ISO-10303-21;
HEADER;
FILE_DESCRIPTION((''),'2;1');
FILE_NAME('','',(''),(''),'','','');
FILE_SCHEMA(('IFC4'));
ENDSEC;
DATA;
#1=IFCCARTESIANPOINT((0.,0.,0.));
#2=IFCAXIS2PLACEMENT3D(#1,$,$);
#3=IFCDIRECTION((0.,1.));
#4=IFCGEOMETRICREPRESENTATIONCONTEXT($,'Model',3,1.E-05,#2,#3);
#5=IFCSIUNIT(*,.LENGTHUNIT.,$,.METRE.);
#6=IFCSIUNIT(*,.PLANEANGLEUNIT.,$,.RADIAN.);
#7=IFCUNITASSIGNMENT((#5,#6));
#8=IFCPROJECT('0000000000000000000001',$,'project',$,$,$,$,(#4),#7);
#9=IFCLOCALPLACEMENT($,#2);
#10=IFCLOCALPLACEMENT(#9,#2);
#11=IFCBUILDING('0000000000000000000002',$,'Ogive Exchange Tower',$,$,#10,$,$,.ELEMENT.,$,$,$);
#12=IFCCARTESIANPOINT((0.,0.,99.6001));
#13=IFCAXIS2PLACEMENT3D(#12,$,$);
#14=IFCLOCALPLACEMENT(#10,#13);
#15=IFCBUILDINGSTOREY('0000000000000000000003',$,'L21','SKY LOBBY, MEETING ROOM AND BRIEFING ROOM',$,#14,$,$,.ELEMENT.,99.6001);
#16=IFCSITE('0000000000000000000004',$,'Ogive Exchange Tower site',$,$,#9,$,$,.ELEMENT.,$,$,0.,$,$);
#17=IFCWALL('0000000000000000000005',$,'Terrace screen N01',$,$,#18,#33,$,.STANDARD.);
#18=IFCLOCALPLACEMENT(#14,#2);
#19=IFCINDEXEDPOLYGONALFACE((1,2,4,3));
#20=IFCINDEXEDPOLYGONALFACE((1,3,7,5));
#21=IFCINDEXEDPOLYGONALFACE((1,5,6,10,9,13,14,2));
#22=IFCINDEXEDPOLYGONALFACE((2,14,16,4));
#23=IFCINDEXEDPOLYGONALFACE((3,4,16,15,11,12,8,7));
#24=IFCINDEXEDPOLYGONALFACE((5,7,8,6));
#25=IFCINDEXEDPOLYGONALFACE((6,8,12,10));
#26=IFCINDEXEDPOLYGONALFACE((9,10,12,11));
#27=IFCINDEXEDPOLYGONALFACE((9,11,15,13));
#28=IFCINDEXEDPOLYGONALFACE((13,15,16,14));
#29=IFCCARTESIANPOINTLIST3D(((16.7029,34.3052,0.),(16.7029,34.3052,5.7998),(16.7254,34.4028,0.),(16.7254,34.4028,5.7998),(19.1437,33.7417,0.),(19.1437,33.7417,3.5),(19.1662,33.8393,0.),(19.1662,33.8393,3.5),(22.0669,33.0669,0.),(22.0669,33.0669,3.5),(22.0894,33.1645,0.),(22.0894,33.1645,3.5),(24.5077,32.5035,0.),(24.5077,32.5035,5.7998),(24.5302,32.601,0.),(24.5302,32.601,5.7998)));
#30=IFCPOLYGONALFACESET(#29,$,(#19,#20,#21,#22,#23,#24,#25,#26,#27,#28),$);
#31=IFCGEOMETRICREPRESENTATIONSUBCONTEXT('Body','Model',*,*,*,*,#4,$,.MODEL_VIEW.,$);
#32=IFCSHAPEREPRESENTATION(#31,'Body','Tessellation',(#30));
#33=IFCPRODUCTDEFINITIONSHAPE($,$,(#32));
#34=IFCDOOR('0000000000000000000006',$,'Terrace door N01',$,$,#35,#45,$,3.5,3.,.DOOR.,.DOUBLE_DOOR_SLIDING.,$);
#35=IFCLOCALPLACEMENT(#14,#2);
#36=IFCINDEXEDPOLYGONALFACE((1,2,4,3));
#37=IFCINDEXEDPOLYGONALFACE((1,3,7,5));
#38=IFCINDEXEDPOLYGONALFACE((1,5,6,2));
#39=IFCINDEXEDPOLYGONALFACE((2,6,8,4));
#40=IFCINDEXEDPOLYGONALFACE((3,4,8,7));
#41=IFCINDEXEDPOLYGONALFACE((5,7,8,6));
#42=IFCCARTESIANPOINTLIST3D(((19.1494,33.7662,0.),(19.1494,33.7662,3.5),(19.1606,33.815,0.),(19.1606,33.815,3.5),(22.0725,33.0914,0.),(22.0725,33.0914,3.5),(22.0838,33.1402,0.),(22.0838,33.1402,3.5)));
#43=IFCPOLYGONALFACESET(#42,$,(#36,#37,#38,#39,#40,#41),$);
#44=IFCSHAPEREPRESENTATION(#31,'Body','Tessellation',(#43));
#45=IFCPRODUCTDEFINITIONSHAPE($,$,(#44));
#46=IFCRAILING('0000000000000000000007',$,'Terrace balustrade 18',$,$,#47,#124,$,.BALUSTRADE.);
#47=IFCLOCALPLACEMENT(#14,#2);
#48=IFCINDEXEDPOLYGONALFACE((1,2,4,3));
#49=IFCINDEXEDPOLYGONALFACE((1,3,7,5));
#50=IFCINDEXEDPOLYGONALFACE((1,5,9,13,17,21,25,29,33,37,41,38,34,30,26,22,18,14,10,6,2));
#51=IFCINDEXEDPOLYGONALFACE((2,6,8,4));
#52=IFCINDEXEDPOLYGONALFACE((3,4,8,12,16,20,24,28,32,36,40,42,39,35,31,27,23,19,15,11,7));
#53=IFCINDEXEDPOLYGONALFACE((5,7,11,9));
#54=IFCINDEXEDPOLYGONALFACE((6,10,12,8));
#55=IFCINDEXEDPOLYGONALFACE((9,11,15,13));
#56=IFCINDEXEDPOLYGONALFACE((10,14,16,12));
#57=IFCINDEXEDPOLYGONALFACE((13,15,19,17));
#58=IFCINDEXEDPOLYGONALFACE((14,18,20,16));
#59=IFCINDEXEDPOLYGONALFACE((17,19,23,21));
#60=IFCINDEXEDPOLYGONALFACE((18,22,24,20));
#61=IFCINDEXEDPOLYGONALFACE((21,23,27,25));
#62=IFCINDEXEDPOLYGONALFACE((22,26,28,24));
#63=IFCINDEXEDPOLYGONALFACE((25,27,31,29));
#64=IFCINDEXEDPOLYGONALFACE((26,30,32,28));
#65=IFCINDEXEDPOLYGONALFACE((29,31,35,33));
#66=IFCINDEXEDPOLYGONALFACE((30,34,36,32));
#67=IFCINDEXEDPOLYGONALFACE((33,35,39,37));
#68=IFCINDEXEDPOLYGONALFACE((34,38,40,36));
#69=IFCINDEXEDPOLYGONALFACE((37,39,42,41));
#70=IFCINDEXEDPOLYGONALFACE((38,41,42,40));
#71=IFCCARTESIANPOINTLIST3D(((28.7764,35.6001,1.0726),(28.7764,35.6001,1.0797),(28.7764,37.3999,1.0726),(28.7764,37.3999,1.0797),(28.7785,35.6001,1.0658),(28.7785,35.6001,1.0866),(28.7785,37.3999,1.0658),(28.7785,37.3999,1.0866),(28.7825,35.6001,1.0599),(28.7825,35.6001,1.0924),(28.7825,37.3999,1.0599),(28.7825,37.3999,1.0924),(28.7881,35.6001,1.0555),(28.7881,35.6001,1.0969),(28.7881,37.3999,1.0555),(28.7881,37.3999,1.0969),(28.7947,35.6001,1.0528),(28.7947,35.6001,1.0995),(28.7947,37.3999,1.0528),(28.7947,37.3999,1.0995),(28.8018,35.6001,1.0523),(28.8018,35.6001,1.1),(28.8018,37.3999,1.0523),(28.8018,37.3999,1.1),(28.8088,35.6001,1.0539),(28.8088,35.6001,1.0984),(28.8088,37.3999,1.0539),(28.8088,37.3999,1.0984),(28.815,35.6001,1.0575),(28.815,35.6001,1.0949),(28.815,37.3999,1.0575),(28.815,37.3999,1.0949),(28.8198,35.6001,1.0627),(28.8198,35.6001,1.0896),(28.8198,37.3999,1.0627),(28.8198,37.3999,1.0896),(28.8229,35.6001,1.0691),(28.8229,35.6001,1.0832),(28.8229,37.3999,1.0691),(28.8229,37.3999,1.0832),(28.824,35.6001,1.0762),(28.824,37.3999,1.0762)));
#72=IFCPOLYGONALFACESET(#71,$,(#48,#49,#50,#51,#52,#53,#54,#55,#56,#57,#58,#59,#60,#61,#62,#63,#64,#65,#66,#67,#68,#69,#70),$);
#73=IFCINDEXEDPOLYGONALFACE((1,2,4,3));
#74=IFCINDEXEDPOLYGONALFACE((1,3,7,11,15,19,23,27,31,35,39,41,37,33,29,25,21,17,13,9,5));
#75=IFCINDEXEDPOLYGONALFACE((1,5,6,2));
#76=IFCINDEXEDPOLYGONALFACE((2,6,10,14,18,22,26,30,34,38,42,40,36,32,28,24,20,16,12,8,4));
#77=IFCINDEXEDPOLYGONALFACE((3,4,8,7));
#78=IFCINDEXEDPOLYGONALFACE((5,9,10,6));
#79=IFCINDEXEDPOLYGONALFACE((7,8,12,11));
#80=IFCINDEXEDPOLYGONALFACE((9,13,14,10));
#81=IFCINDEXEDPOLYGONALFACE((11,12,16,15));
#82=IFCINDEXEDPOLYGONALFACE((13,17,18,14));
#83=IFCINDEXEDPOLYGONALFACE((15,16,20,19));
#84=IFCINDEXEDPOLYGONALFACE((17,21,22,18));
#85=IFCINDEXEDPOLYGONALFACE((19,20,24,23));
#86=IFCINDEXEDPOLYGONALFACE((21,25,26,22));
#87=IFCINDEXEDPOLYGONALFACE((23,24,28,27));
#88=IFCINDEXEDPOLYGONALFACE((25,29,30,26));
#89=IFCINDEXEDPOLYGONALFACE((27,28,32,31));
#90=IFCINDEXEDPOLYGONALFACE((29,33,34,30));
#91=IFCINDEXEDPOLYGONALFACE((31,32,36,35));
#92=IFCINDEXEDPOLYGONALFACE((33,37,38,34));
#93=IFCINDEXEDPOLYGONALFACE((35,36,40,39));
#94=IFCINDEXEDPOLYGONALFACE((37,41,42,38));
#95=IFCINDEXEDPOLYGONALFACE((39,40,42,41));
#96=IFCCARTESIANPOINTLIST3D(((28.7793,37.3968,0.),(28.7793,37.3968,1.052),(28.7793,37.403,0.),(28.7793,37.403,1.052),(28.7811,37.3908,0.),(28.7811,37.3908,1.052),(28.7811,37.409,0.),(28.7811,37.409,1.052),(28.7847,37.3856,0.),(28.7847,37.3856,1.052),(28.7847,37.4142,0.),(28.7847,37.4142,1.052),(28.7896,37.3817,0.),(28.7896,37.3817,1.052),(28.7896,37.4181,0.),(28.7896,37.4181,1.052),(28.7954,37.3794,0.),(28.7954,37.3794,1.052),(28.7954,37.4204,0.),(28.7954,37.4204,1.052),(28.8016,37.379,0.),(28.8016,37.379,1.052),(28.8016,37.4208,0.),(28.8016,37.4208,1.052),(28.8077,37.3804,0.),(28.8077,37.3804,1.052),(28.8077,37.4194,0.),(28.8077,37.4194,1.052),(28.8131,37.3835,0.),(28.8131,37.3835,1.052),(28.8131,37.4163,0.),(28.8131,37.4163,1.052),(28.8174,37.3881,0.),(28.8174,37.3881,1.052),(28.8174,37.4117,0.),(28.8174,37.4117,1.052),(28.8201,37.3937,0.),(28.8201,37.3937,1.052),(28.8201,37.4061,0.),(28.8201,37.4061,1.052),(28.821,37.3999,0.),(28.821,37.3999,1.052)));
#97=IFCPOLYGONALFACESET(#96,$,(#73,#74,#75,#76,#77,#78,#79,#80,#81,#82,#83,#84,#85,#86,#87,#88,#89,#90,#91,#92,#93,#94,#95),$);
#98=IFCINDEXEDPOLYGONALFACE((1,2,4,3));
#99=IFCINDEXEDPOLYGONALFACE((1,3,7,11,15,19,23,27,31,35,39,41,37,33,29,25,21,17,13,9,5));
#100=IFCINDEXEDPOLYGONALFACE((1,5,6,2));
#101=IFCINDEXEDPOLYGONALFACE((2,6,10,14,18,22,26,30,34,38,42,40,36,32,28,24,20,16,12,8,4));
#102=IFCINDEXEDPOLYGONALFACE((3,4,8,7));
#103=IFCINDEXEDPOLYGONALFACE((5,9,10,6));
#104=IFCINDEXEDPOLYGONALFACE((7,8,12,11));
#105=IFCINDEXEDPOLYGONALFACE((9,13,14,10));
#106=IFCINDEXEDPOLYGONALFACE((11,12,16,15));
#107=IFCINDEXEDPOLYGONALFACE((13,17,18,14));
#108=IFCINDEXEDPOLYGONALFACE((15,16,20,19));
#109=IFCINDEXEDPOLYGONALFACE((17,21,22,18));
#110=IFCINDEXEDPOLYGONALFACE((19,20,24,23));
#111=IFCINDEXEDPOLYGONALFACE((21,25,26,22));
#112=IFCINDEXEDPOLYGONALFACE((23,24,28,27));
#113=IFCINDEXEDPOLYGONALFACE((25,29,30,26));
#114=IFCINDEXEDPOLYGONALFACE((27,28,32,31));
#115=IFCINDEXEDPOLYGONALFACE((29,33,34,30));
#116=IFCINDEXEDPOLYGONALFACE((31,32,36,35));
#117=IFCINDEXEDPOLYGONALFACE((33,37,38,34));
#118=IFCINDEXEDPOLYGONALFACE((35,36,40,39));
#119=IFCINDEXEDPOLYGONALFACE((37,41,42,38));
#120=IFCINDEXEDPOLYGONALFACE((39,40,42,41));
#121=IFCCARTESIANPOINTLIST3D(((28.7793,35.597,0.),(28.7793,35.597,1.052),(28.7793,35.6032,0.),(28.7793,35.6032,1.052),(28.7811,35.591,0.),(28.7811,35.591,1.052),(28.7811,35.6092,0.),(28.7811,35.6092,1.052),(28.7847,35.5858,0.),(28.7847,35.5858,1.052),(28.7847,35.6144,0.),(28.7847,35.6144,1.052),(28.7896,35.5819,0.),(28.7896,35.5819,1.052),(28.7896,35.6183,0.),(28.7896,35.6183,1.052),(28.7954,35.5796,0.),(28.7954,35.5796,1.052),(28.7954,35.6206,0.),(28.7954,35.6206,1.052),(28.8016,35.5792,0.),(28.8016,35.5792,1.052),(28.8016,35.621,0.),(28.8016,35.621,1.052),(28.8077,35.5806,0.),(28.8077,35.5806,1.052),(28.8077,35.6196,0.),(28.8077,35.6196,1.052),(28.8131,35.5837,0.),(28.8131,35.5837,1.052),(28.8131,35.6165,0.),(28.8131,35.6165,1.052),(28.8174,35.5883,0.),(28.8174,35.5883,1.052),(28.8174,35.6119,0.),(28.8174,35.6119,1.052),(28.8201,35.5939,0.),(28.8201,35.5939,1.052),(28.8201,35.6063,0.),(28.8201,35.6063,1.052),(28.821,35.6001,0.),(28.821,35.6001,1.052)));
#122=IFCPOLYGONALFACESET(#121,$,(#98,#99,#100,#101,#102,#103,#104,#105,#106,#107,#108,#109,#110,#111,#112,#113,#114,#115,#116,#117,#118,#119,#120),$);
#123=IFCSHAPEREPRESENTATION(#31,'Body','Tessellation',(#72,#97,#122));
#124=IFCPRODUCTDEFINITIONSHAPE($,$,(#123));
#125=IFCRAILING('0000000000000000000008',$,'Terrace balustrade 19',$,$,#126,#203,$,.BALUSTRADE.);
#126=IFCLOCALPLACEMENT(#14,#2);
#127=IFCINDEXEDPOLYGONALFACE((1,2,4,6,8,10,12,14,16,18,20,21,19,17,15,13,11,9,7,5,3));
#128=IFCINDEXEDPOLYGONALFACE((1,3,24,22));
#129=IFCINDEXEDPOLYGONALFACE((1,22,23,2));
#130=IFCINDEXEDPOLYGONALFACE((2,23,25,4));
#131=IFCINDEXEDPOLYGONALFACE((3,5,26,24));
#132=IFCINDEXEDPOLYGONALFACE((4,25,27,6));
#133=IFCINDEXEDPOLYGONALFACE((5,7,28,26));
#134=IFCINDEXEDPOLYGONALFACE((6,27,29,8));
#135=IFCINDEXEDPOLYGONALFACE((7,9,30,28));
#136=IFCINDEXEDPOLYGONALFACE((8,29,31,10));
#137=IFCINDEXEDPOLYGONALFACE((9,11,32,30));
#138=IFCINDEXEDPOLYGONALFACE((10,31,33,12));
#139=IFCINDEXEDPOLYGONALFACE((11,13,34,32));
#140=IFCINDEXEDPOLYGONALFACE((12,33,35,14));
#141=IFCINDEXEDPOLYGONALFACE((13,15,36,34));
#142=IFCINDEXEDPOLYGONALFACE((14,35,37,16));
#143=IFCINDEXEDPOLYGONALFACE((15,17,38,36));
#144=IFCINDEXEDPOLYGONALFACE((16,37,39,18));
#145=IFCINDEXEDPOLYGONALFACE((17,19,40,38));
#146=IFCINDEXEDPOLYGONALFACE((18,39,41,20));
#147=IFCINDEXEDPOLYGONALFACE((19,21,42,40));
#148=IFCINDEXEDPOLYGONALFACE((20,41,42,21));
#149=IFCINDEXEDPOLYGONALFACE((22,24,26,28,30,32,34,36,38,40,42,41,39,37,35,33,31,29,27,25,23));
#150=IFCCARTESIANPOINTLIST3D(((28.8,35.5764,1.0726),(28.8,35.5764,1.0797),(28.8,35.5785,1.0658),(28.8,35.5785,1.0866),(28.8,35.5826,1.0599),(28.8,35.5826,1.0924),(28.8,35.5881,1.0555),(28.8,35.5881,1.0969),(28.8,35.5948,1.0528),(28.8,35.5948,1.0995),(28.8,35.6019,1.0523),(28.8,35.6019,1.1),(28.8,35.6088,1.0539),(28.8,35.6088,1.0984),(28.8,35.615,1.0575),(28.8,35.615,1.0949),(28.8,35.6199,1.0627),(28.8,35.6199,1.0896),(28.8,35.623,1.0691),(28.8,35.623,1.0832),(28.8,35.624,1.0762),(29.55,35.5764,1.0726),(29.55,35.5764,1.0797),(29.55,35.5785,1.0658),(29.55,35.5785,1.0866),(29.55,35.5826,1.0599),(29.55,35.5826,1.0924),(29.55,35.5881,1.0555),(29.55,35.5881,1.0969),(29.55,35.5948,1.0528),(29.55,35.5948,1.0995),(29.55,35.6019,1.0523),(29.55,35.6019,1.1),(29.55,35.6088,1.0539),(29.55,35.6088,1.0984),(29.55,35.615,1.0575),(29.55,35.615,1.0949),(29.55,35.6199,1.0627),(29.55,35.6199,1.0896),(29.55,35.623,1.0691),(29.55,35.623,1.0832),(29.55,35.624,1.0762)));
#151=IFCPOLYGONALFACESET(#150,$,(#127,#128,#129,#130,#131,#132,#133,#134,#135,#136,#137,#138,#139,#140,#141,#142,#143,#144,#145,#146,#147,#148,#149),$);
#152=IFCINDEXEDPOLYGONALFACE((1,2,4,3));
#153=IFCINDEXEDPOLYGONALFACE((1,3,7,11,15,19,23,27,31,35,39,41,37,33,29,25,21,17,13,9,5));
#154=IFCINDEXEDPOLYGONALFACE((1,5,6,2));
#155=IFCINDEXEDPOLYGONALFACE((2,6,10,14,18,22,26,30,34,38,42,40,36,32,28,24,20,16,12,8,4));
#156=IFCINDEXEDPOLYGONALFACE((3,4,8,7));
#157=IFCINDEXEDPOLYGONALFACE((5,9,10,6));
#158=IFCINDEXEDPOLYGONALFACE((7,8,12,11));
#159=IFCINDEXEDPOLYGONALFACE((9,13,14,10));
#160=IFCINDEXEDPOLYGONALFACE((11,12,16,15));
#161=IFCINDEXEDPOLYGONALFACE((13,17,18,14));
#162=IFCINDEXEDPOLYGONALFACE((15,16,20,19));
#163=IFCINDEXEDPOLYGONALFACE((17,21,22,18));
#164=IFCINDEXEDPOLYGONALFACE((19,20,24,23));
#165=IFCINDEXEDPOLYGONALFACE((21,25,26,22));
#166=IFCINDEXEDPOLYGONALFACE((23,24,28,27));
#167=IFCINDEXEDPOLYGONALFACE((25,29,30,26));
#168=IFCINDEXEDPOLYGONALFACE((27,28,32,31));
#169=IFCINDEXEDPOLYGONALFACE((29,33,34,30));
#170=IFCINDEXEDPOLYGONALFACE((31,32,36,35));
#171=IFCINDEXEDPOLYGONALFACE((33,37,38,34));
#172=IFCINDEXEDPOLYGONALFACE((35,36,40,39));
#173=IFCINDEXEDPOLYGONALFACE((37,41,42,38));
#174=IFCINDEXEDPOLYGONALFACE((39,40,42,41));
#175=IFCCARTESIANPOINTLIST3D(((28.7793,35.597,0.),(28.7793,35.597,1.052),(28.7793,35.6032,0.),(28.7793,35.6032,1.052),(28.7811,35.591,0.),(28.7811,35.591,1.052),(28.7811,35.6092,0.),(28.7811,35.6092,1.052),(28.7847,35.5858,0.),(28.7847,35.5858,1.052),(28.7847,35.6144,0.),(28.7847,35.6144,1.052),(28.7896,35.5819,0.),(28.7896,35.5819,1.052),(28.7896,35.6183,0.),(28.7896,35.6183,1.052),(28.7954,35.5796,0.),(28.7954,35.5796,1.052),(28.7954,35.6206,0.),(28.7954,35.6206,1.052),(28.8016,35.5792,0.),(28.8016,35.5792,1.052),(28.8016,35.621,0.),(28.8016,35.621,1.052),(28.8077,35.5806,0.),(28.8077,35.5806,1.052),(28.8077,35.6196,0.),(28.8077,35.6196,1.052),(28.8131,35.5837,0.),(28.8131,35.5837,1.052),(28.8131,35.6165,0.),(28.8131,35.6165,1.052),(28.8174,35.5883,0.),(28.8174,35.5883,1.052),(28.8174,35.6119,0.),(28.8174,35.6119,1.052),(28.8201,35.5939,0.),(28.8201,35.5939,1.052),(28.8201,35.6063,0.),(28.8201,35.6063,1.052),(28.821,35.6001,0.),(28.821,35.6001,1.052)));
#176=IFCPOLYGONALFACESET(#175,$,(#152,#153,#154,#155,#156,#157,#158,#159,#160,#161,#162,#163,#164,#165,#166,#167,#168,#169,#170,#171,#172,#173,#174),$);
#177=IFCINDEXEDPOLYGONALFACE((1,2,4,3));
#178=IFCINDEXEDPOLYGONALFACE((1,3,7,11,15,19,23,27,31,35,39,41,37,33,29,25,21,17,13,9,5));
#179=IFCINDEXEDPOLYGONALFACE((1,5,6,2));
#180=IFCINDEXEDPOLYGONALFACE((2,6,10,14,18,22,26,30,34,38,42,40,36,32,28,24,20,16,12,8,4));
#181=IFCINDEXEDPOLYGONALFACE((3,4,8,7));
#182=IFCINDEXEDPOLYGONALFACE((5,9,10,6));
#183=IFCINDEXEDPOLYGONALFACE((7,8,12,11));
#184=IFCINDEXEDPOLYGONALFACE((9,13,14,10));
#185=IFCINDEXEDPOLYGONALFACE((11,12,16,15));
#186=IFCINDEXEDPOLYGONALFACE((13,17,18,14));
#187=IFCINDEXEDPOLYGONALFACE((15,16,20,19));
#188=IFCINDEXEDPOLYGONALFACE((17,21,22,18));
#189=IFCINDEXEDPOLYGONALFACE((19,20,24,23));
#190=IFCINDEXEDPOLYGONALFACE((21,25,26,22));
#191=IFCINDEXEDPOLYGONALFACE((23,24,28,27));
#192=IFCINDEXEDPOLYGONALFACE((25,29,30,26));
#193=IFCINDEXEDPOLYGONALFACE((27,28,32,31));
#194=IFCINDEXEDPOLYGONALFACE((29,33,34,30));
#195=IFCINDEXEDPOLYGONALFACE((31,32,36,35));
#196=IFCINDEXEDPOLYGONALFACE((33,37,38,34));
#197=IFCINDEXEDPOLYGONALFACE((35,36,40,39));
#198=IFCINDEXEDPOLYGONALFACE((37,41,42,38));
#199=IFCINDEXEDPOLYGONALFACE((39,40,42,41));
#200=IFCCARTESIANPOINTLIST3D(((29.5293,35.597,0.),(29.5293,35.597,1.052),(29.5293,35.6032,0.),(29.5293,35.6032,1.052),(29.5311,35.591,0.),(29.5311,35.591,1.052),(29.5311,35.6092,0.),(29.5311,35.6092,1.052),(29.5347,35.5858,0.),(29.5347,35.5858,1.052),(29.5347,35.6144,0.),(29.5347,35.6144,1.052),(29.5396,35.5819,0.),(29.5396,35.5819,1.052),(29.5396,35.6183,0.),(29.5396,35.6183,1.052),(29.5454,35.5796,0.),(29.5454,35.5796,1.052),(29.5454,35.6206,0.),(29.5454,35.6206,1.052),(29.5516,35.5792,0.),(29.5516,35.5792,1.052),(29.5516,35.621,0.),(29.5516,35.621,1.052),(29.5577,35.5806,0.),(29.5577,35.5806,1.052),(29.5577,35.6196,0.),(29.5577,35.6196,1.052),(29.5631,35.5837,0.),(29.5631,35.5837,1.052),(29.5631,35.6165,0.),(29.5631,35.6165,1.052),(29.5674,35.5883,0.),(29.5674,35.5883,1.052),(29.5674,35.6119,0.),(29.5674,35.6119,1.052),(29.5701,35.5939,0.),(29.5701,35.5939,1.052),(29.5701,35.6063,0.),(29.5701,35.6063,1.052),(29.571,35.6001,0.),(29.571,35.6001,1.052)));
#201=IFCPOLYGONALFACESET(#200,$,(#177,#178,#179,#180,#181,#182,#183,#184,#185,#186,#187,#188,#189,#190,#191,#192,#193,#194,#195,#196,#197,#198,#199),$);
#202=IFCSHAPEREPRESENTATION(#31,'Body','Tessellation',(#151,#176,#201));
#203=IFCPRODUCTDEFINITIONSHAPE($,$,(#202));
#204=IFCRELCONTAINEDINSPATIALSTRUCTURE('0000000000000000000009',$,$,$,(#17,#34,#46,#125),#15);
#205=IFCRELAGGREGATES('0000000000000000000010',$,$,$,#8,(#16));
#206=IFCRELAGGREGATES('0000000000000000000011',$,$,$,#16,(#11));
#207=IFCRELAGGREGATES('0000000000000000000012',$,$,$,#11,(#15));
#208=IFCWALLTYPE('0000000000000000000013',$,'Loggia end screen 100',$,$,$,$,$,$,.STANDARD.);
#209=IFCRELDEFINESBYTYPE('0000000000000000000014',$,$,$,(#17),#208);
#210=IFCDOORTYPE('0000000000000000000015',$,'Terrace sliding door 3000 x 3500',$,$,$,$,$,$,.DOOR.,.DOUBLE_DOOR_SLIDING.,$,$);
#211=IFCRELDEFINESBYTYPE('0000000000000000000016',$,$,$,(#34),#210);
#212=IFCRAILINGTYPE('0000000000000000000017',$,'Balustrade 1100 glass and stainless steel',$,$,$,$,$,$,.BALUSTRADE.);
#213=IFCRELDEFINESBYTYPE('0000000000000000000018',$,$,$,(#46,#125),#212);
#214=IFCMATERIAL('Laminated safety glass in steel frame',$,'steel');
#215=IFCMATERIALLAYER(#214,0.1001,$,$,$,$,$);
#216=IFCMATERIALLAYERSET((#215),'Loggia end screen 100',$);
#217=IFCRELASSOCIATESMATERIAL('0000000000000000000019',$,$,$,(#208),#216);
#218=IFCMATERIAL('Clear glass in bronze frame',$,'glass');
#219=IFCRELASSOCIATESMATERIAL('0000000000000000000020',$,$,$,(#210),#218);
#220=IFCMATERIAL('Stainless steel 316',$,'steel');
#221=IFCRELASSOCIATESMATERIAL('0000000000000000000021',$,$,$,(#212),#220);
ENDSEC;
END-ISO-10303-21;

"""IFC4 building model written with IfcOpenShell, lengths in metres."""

from ifc_helpers import new_model, si_unit, direction, frame, frame_2d, origin, origin_2d, place, context, subcontext, project, spatial, rectangle, circle, extrude, material, layer, layer_set, type_object, element, fill, save


model = new_model("IFC4")

# Units and contexts
model_context = context("Model", 3, precision=1e-05, world=origin(), true_north=direction((0.0, 1.0)))
body_context = subcontext(model_context, "Body", "Model", "MODEL_VIEW")
ifc_project = project(units=[si_unit("LENGTHUNIT", "METRE"), si_unit("PLANEANGLEUNIT", "RADIAN")], contexts=[model_context])

# Site, building, storey
site_placement = place(None, origin())
site = spatial("IfcSite", under=ifc_project, at=site_placement, Name="Ogive Exchange Tower site", CompositionType="ELEMENT", RefElevation=0.0)
building_placement = place(site_placement, origin())
building = spatial("IfcBuilding", under=site, at=building_placement, Name="Ogive Exchange Tower", CompositionType="ELEMENT")
storey_placement = place(building_placement, frame((0.0, 0.0, 99.6001)))
storey = spatial("IfcBuildingStorey", under=building, at=storey_placement, Name="L21", Description="SKY LOBBY, MEETING ROOM AND BRIEFING ROOM", CompositionType="ELEMENT", Elevation=99.6001)

# Wall, opening, door
ifc_material_1 = material(Name="Laminated safety glass in steel frame", Category="steel")
ifc_layer_1 = layer(ifc_material_1, 0.1001)
ifc_layer_set_1 = layer_set([ifc_layer_1], Name="Loggia end screen 100")
wall_type = type_object("IfcWallType", Name="Loggia end screen 100", PredefinedType="STANDARD", material=ifc_layer_set_1)
wall_placement = place(storey_placement, frame((24.5188, 32.5522, 0.0), z_axis=(0.0, 0.0, 1.0), x_axis=(-0.974373, 0.22494, 0.0)))
wall = element("IfcWall", 1, at=wall_placement, inside=storey, type_object=wall_type, Name="Terrace screen N01", PredefinedType="STANDARD", context=body_context, shape_type="SweptSolid", body=[
    extrude(rectangle(XDim=8.01, YDim=0.1001, at=frame_2d((4.0049, 0.0))), origin(), (0.0, 0.0, 1.0), 5.7998),
])
opening_placement = place(wall_placement, frame((2.5049, 0.0, 0.0)))
opening = element("IfcOpeningElement", 2, at=opening_placement, cuts=wall, PredefinedType="OPENING", context=body_context, shape_type="SweptSolid", body=[
    extrude(rectangle(XDim=3.0, YDim=3.5, at=frame_2d((1.5, 1.75))), frame((0.0, 0.0601, 0.0), z_axis=(0.0, -1.0, 0.0), x_axis=(1.0, 0.0, 0.0)), (0.0, 0.0, 1.0), 0.1201),
])
ifc_material_2 = material(Name="Clear glass in bronze frame", Category="glass")
door_type = type_object("IfcDoorType", Name="Terrace sliding door 3000 x 3500", OperationType="DOUBLE_DOOR_SLIDING", PredefinedType="DOOR", material=ifc_material_2)
door_placement = place(opening_placement, origin())
door = element("IfcDoor", 3, at=door_placement, inside=storey, type_object=door_type, Name="Terrace door N01", OperationType="DOUBLE_DOOR_SLIDING", OverallHeight=3.5, OverallWidth=3.0, PredefinedType="DOOR", context=body_context, shape_type="SweptSolid", body=[
    extrude(rectangle(XDim=3.0, YDim=3.5, at=frame_2d((1.5, 1.75))), frame((0.0, 0.0249, 0.0), z_axis=(0.0, -1.0, 0.0), x_axis=(1.0, 0.0, 0.0)), (0.0, 0.0, 1.0), 0.05),
])
fill(opening, door)

# Railings
ifc_material_3 = material(Name="Stainless steel 316", Category="steel")
railing_type = type_object("IfcRailingType", Name="Balustrade 1100 glass and stainless steel", PredefinedType="BALUSTRADE", material=ifc_material_3)
railing_1_placement = place(storey_placement, frame((28.8, 37.3999, 0.0)))
element("IfcRailing", 4, at=railing_1_placement, inside=storey, type_object=railing_type, Name="Terrace balustrade 18", PredefinedType="BALUSTRADE", context=body_context, shape_type="SweptSolid", body=[
    extrude(circle(Radius=0.0239, at=origin_2d()), frame((0.0, 0.0, 1.0762), z_axis=(0.0, -1.0, 0.0), x_axis=(1.0, 0.0, 0.0)), (0.0, 0.0, 1.0), 1.7998),
    extrude(circle(Radius=0.021, at=origin_2d()), origin(), (0.0, 0.0, 1.0), 1.052),
    extrude(circle(Radius=0.021, at=origin_2d()), frame((0.0, -1.7998, 0.0)), (0.0, 0.0, 1.0), 1.052),
])
railing_2_placement = place(storey_placement, frame((28.8, 35.6001, 0.0)))
element("IfcRailing", 5, at=railing_2_placement, inside=storey, type_object=railing_type, Name="Terrace balustrade 19", PredefinedType="BALUSTRADE", context=body_context, shape_type="SweptSolid", body=[
    extrude(circle(Radius=0.0239, at=origin_2d()), frame((0.0, 0.0, 1.0762), z_axis=(1.0, 0.0, 0.0), x_axis=(0.0, 1.0, 0.0)), (0.0, 0.0, 1.0), 0.75),
    extrude(circle(Radius=0.021, at=origin_2d()), origin(), (0.0, 0.0, 1.0), 1.052),
    extrude(circle(Radius=0.021, at=origin_2d()), frame((0.75, 0.0, 0.0)), (0.0, 0.0, 1.0), 1.052),
])

save(model, "model.ifc")
